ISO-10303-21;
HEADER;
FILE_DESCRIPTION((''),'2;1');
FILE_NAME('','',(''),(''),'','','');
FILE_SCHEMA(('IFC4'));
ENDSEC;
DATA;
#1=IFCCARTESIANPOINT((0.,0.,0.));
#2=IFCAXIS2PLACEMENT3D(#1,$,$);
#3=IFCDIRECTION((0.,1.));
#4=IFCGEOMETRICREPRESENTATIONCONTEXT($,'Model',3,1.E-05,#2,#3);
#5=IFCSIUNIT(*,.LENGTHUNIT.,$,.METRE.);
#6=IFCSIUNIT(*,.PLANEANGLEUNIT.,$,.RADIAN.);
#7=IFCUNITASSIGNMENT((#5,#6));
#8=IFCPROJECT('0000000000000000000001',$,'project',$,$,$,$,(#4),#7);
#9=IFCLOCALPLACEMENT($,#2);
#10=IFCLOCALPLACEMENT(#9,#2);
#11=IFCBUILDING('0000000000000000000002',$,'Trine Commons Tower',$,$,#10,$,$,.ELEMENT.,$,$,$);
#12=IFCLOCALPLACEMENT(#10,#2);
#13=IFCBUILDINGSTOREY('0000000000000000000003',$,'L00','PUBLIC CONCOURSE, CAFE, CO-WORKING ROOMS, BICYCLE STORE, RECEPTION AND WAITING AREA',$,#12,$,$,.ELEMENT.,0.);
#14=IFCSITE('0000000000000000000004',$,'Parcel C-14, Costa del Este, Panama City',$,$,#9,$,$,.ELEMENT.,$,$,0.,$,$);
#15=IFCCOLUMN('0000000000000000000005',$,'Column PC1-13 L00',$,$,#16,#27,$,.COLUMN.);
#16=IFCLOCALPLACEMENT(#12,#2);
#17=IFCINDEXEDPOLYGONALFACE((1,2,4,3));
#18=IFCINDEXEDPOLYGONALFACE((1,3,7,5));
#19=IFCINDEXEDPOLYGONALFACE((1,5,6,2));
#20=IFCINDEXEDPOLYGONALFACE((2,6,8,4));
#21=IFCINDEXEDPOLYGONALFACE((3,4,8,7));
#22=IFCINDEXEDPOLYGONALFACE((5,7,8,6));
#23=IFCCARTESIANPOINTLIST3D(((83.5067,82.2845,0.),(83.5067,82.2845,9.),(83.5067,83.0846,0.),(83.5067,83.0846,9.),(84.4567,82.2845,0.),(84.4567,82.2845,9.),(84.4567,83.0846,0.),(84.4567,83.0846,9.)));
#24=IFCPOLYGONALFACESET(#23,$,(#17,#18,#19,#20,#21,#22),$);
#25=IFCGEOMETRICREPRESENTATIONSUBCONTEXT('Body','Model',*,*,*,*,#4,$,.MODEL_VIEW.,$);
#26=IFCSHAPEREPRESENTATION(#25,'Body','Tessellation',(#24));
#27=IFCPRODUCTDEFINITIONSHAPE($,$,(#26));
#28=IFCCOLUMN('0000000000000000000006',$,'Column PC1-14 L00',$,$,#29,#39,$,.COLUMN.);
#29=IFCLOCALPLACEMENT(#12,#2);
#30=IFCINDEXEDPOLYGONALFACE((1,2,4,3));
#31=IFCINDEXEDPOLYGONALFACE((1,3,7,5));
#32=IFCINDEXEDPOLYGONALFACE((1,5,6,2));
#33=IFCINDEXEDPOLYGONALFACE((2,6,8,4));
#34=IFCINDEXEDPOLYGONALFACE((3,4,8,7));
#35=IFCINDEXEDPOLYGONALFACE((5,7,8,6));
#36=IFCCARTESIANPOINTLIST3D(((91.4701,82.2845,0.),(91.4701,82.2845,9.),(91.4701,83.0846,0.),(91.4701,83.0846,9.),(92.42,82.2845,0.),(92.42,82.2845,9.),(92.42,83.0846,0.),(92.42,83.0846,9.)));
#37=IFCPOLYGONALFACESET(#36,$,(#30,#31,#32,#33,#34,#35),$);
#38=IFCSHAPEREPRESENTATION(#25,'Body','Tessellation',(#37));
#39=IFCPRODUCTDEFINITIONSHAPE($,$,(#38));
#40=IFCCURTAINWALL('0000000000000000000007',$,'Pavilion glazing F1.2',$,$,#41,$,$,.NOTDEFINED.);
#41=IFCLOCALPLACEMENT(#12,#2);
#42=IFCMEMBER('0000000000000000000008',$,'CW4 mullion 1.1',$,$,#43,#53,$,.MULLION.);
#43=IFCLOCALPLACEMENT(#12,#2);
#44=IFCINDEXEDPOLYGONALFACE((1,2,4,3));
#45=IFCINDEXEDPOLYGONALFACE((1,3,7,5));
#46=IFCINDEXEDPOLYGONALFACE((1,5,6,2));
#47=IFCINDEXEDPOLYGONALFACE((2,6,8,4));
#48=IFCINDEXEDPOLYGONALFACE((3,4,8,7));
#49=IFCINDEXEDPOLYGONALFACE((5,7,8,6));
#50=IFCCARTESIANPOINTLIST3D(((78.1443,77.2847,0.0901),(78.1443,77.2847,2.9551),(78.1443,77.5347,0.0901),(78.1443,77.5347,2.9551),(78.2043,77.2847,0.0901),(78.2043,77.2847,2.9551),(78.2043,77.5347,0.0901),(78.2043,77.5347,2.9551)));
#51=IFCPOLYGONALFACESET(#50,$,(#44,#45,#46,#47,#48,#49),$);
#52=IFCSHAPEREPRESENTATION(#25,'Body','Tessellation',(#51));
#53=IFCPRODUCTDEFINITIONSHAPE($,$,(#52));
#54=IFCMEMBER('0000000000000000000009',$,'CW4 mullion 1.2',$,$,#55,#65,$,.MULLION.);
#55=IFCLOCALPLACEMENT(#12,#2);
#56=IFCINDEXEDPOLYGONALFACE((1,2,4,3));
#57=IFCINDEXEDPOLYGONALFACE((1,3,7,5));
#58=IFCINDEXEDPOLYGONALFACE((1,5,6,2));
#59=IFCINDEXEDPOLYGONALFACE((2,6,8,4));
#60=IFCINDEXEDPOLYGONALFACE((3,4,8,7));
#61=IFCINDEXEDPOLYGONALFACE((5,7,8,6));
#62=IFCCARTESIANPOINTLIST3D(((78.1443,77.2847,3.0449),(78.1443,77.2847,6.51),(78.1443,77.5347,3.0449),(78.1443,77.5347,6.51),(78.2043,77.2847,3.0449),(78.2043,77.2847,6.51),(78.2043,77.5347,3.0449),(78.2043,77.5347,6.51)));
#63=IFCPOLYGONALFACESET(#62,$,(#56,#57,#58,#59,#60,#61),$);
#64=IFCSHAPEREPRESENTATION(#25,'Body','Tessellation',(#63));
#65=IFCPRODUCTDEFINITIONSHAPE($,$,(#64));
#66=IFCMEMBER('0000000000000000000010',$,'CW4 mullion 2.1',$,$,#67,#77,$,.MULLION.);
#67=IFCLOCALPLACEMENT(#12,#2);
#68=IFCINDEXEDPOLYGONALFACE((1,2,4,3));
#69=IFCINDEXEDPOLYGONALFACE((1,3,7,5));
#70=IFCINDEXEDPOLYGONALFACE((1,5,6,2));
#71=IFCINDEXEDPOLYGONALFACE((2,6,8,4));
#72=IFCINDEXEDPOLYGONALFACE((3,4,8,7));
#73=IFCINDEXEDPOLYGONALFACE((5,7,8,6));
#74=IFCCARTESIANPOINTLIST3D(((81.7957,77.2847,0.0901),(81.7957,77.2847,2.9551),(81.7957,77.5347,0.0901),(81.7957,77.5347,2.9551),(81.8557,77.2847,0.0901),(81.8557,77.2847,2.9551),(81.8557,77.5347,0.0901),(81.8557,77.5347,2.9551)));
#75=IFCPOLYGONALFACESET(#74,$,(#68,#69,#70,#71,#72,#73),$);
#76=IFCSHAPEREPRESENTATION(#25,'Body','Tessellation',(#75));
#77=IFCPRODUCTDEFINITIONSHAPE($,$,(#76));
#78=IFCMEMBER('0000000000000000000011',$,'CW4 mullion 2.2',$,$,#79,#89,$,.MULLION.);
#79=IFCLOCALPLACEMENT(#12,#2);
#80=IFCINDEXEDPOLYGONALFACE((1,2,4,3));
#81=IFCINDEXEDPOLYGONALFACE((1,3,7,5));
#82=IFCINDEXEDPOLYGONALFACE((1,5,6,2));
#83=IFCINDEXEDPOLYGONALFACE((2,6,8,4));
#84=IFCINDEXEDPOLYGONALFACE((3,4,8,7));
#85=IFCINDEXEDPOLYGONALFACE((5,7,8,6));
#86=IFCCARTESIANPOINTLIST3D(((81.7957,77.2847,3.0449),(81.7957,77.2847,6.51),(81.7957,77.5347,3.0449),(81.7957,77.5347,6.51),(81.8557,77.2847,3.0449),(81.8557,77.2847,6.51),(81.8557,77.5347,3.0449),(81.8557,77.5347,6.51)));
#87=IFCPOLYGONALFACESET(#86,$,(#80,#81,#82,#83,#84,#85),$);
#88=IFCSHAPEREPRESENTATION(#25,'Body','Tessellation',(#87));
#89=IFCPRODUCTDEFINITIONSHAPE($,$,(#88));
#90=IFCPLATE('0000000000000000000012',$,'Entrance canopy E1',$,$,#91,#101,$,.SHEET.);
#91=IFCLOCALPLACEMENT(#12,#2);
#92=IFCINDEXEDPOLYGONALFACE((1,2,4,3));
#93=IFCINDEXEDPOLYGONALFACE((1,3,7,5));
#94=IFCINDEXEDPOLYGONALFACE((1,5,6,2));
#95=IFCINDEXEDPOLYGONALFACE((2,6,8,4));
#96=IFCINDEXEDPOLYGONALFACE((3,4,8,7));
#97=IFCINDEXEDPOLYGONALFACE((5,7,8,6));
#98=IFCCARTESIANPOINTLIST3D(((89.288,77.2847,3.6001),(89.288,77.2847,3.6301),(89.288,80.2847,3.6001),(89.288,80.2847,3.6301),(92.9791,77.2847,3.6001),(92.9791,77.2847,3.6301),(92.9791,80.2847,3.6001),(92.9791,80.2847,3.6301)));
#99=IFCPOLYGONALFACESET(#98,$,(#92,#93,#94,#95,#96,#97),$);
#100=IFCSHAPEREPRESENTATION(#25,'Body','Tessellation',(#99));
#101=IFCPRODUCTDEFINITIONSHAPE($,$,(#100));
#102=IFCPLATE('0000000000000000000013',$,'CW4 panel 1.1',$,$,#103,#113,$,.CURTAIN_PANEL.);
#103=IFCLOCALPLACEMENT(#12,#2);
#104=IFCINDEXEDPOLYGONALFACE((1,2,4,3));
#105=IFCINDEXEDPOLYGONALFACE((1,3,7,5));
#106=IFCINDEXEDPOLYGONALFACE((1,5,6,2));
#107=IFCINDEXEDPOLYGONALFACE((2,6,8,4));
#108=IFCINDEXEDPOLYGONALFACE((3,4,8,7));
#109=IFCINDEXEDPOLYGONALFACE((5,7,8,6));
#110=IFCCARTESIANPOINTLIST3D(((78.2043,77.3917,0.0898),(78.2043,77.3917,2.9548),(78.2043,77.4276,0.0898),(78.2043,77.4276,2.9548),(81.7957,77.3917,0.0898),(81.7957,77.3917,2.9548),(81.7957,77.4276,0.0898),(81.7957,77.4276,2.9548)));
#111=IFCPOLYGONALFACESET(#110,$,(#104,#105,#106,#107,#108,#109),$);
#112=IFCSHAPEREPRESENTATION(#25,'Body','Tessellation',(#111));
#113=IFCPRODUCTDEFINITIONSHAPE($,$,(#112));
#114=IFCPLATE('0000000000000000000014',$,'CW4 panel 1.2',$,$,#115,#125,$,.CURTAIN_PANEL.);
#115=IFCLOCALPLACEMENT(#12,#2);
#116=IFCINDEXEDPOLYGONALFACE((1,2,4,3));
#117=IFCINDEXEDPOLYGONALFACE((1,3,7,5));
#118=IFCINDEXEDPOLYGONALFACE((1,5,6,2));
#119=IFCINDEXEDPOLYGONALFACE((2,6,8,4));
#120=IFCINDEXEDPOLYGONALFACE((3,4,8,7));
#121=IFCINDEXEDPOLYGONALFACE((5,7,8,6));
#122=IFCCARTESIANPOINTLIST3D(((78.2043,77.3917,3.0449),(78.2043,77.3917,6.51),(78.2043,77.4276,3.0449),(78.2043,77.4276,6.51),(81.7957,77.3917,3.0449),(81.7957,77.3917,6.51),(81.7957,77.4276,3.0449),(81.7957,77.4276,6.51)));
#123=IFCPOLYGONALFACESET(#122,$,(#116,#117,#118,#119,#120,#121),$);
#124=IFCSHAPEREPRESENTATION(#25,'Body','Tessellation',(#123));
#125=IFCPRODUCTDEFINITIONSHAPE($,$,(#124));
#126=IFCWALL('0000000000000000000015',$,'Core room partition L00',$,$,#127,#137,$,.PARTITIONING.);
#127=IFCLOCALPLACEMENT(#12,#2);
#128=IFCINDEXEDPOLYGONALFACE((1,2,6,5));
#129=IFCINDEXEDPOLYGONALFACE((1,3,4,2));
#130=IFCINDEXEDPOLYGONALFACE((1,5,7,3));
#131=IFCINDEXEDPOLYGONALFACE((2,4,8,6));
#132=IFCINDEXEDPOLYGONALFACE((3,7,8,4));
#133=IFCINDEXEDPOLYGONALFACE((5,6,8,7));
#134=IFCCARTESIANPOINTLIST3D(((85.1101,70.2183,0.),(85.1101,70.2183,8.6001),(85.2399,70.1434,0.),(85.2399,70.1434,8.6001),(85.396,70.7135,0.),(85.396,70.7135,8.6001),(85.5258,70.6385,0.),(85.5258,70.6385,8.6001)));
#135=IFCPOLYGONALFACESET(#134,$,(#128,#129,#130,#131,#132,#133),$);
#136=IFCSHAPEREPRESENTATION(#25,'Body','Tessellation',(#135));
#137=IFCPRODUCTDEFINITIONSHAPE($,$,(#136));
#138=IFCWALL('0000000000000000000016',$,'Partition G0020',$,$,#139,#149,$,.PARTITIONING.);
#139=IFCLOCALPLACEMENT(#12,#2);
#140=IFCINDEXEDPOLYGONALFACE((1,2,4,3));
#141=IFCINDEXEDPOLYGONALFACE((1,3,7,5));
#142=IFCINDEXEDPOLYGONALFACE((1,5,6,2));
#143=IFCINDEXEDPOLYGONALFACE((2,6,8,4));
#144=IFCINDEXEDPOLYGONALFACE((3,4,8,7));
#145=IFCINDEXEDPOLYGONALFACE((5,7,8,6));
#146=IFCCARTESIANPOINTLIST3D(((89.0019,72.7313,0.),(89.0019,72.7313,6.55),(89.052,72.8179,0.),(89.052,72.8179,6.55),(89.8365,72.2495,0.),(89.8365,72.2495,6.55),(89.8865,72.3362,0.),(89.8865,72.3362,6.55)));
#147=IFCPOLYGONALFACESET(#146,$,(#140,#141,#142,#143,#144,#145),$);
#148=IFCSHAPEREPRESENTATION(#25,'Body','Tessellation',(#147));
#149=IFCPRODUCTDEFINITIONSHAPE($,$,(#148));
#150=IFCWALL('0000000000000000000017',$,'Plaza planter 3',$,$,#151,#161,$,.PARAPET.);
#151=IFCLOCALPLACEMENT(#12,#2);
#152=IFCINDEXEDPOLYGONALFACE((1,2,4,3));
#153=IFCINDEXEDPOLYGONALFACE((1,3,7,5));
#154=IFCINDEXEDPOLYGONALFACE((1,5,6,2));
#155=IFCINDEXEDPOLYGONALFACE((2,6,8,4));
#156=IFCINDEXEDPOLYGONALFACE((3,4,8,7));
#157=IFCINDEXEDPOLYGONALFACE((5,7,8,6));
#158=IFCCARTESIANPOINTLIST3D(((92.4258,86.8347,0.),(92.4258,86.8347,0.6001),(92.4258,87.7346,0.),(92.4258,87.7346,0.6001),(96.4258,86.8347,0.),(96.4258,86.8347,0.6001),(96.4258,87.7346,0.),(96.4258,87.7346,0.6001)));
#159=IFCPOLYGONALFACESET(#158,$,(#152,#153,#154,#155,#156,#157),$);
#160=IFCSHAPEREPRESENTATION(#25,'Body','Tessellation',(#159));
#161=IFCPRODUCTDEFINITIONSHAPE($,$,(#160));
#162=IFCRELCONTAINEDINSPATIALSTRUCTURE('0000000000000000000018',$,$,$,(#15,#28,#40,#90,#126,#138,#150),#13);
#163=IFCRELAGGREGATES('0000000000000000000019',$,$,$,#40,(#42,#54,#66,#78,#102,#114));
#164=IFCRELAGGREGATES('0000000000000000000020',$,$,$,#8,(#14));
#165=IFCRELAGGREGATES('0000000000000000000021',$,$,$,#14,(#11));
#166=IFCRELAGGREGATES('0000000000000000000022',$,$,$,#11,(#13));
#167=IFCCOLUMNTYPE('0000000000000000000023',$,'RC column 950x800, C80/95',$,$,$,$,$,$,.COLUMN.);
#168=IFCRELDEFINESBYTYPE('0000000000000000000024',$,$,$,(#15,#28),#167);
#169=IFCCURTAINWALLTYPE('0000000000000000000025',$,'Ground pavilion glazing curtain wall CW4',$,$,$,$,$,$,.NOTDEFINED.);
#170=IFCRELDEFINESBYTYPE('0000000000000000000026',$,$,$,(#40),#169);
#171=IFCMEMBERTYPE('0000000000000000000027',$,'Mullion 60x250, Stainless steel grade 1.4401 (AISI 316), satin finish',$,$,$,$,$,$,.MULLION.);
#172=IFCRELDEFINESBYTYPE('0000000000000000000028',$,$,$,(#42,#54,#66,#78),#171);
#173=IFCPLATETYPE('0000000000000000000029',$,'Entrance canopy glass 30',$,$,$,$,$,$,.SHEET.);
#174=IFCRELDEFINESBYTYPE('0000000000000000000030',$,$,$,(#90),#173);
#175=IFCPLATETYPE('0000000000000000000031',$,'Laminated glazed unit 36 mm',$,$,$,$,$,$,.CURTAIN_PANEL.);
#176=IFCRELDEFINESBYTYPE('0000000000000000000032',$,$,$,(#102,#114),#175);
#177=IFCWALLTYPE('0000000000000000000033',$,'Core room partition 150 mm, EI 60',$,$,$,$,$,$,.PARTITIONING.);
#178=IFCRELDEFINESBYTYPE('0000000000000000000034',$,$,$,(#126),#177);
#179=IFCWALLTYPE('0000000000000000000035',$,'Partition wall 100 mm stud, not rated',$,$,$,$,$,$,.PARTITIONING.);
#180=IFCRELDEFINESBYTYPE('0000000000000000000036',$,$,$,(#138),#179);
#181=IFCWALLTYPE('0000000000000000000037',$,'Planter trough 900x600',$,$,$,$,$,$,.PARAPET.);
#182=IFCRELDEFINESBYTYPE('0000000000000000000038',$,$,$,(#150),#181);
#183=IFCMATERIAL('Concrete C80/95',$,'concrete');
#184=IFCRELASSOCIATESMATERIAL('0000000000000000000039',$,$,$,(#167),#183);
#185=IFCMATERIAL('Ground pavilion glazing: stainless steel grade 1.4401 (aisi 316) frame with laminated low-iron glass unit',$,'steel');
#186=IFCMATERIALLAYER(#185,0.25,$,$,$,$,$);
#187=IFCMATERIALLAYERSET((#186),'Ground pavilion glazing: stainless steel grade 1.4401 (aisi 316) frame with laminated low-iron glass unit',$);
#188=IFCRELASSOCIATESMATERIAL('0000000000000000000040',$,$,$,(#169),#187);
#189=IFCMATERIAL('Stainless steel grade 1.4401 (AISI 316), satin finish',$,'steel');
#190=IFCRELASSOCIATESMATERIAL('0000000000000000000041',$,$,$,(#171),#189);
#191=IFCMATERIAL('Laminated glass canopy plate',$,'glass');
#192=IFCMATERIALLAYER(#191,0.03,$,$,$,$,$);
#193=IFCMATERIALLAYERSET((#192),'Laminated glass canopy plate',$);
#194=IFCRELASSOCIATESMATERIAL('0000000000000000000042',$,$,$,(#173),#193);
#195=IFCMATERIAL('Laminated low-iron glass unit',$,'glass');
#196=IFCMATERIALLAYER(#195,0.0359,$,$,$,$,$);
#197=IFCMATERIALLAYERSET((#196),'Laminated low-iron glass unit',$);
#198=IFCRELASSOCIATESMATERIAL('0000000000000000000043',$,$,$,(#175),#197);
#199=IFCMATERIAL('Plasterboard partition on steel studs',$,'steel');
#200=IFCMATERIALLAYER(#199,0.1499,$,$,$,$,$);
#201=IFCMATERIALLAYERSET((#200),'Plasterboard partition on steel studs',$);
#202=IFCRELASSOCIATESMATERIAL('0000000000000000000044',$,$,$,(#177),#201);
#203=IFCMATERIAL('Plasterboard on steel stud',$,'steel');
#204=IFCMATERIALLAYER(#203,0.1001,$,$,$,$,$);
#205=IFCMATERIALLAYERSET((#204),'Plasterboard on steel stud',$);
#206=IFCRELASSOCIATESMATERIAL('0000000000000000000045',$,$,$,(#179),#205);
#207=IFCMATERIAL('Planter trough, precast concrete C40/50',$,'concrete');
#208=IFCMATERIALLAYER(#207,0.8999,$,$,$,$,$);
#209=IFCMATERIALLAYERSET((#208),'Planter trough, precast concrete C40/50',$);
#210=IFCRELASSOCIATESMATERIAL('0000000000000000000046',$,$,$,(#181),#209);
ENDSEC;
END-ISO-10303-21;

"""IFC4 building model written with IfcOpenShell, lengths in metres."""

from ifc_helpers import new_model, si_unit, direction, frame, frame_2d, origin, origin_2d, place, context, subcontext, project, spatial, rectangle, extrude, material, layer, layer_set, material_profile, profile_set, type_object, element, aggregate, save


model = new_model("IFC4")

# Units and contexts
model_context = context("Model", 3, precision=1e-05, world=origin(), true_north=direction((0.0, 1.0)))
body_context = subcontext(model_context, "Body", "Model", "MODEL_VIEW")
ifc_project = project(units=[si_unit("LENGTHUNIT", "METRE"), si_unit("PLANEANGLEUNIT", "RADIAN")], contexts=[model_context])

# Site, building, storey
site_placement = place(None, origin())
site = spatial("IfcSite", under=ifc_project, at=site_placement, Name="Parcel C-14, Costa del Este, Panama City", CompositionType="ELEMENT", RefElevation=0.0)
building_placement = place(site_placement, origin())
building = spatial("IfcBuilding", under=site, at=building_placement, Name="Trine Commons Tower", CompositionType="ELEMENT")
storey_placement = place(building_placement, origin())
storey = spatial("IfcBuildingStorey", under=building, at=storey_placement, Name="L00", Description="PUBLIC CONCOURSE, CAFE, CO-WORKING ROOMS, BICYCLE STORE, RECEPTION AND WAITING AREA", CompositionType="ELEMENT", Elevation=0.0)

# Columns
ifc_material_1 = material(Name="Concrete C80/95", Category="concrete")
ifc_material_profile_1 = material_profile(ifc_material_1, rectangle(XDim=0.95, YDim=0.8, at=origin_2d()), Name="RC 950x800")
ifc_profile_set_1 = profile_set([ifc_material_profile_1], Name="Concrete C80/95")
column_type = type_object("IfcColumnType", Name="RC column 950x800, C80/95", PredefinedType="COLUMN", material=ifc_profile_set_1)
for number, where, z_axis, x_axis, name in (
    (1, (83.9817, 82.6846, 0.0), (0.0, 0.0, 1.0), (1.0, 0.0, 0.0), "Column PC1-13 L00"),
    (2, (91.9451, 82.6846, 0.0), (0.0, 0.0, 1.0), (1.0, 0.0, 0.0), "Column PC1-14 L00"),
):
    element("IfcColumn", number, at=place(storey_placement, frame(where, z_axis=z_axis, x_axis=x_axis)), inside=storey, type_object=column_type, Name=name, PredefinedType="COLUMN", context=body_context, shape_type="SweptSolid", body=[
        extrude(rectangle(XDim=0.95, YDim=0.8, at=origin_2d()), origin(), (0.0, 0.0, 1.0), 9.0),
    ])

# Curtain wall, members
ifc_material_2 = material(Name="Ground pavilion glazing: stainless steel grade 1.4401 (aisi 316) frame with laminated low-iron glass unit", Category="steel")
ifc_layer_1 = layer(ifc_material_2, 0.25)
ifc_layer_set_1 = layer_set([ifc_layer_1], Name="Ground pavilion glazing: stainless steel grade 1.4401 (aisi 316) frame with laminated low-iron glass unit")
curtain_wall_type = type_object("IfcCurtainWallType", Name="Ground pavilion glazing curtain wall CW4", PredefinedType="NOTDEFINED", material=ifc_layer_set_1)
curtain_wall_placement = place(storey_placement, origin())
curtain_wall = element("IfcCurtainWall", 3, at=curtain_wall_placement, inside=storey, type_object=curtain_wall_type, Name="Pavilion glazing F1.2", PredefinedType="NOTDEFINED")
ifc_material_3 = material(Name="Stainless steel grade 1.4401 (AISI 316), satin finish", Category="steel")
ifc_material_profile_2 = material_profile(ifc_material_3, rectangle(XDim=0.25, YDim=0.0601, at=origin_2d()), Name="Mullion 60x250")
ifc_profile_set_2 = profile_set([ifc_material_profile_2], Name="Stainless steel grade 1.4401 (AISI 316), satin finish")
member_type = type_object("IfcMemberType", Name="Mullion 60x250, Stainless steel grade 1.4401 (AISI 316), satin finish", PredefinedType="MULLION", material=ifc_profile_set_2)
member_1_placement = place(storey_placement, frame((78.1743, 77.4097, 0.0901), z_axis=(0.0, 0.0, 1.0), x_axis=(0.0, 1.0, 0.0)))
member_1 = element("IfcMember", 4, at=member_1_placement, type_object=member_type, Name="CW4 mullion 1.1", PredefinedType="MULLION", context=body_context, shape_type="SweptSolid", body=[
    extrude(rectangle(XDim=0.25, YDim=0.0601, at=origin_2d()), origin(), (0.0, 0.0, 1.0), 2.865),
])
member_2_placement = place(storey_placement, frame((78.1743, 77.4097, 3.0449), z_axis=(0.0, 0.0, 1.0), x_axis=(0.0, 1.0, 0.0)))
member_2 = element("IfcMember", 5, at=member_2_placement, type_object=member_type, Name="CW4 mullion 1.2", PredefinedType="MULLION", context=body_context, shape_type="SweptSolid", body=[
    extrude(rectangle(XDim=0.25, YDim=0.0601, at=origin_2d()), origin(), (0.0, 0.0, 1.0), 3.4651),
])
member_3_placement = place(storey_placement, frame((81.8257, 77.4097, 0.0901), z_axis=(0.0, 0.0, 1.0), x_axis=(0.0, 1.0, 0.0)))
member_3 = element("IfcMember", 6, at=member_3_placement, type_object=member_type, Name="CW4 mullion 2.1", PredefinedType="MULLION", context=body_context, shape_type="SweptSolid", body=[
    extrude(rectangle(XDim=0.25, YDim=0.0601, at=origin_2d()), origin(), (0.0, 0.0, 1.0), 2.865),
])
member_4_placement = place(storey_placement, frame((81.8257, 77.4097, 3.0449), z_axis=(0.0, 0.0, 1.0), x_axis=(0.0, 1.0, 0.0)))
member_4 = element("IfcMember", 7, at=member_4_placement, type_object=member_type, Name="CW4 mullion 2.2", PredefinedType="MULLION", context=body_context, shape_type="SweptSolid", body=[
    extrude(rectangle(XDim=0.25, YDim=0.0601, at=origin_2d()), origin(), (0.0, 0.0, 1.0), 3.4651),
])

# Plates
ifc_material_4 = material(Name="Laminated glass canopy plate", Category="glass")
ifc_layer_2 = layer(ifc_material_4, 0.03)
ifc_layer_set_2 = layer_set([ifc_layer_2], Name="Laminated glass canopy plate")
plate_type_1 = type_object("IfcPlateType", Name="Entrance canopy glass 30", PredefinedType="SHEET", material=ifc_layer_set_2)
plate_1_placement = place(storey_placement, frame((91.1335, 78.7847, 3.6001), z_axis=(0.0, 0.0, 1.0), x_axis=(1.0, 0.0, 0.0)))
element("IfcPlate", 8, at=plate_1_placement, inside=storey, type_object=plate_type_1, Name="Entrance canopy E1", PredefinedType="SHEET", context=body_context, shape_type="SweptSolid", body=[
    extrude(rectangle(XDim=3.6912, YDim=3.0, at=origin_2d()), origin(), (0.0, 0.0, 1.0), 0.03),
])
ifc_material_5 = material(Name="Laminated low-iron glass unit", Category="glass")
ifc_layer_3 = layer(ifc_material_5, 0.0359)
ifc_layer_set_3 = layer_set([ifc_layer_3], Name="Laminated low-iron glass unit")
plate_type_2 = type_object("IfcPlateType", Name="Laminated glazed unit 36 mm", PredefinedType="CURTAIN_PANEL", material=ifc_layer_set_3)
plate_2_placement = place(storey_placement, frame((80.0, 77.4097, 0.0898), z_axis=(0.0, 0.0, 1.0), x_axis=(1.0, 0.0, 0.0)))
plate_2 = element("IfcPlate", 9, at=plate_2_placement, type_object=plate_type_2, Name="CW4 panel 1.1", PredefinedType="CURTAIN_PANEL", context=body_context, shape_type="SweptSolid", body=[
    extrude(rectangle(XDim=3.5913, YDim=0.0359, at=origin_2d()), origin(), (0.0, 0.0, 1.0), 2.865),
])
plate_3_placement = place(storey_placement, frame((80.0, 77.4097, 3.0449), z_axis=(0.0, 0.0, 1.0), x_axis=(1.0, 0.0, 0.0)))
plate_3 = element("IfcPlate", 10, at=plate_3_placement, type_object=plate_type_2, Name="CW4 panel 1.2", PredefinedType="CURTAIN_PANEL", context=body_context, shape_type="SweptSolid", body=[
    extrude(rectangle(XDim=3.5913, YDim=0.0359, at=origin_2d()), origin(), (0.0, 0.0, 1.0), 3.4651),
])
aggregate(curtain_wall, [member_1, member_2, member_3, member_4, plate_2, plate_3])

# Wall
ifc_material_6 = material(Name="Plasterboard partition on steel studs", Category="steel")
ifc_layer_4 = layer(ifc_material_6, 0.1499)
ifc_layer_set_4 = layer_set([ifc_layer_4], Name="Plasterboard partition on steel studs")
wall_type_1 = type_object("IfcWallType", Name="Core room partition 150 mm, EI 60", PredefinedType="PARTITIONING", material=ifc_layer_set_4)
wall_1_placement = place(storey_placement, frame((85.4609, 70.676, 0.0), z_axis=(0.0, 0.0, 1.0), x_axis=(-0.500043, -0.866001, 0.0)))
element("IfcWall", 11, at=wall_1_placement, inside=storey, type_object=wall_type_1, Name="Core room partition L00", PredefinedType="PARTITIONING", context=body_context, shape_type="SweptSolid", body=[
    extrude(rectangle(XDim=0.5718, YDim=0.1499, at=frame_2d((0.2859, 0.0))), origin(), (0.0, 0.0, 1.0), 8.6001),
])

# Walls
ifc_material_7 = material(Name="Plasterboard on steel stud", Category="steel")
ifc_layer_5 = layer(ifc_material_7, 0.1001)
ifc_layer_set_5 = layer_set([ifc_layer_5], Name="Plasterboard on steel stud")
wall_type_2 = type_object("IfcWallType", Name="Partition wall 100 mm stud, not rated", PredefinedType="PARTITIONING", material=ifc_layer_set_5)
wall_2_placement = place(storey_placement, frame((89.0269, 72.7747, 0.0), z_axis=(0.0, 0.0, 1.0), x_axis=(0.866067, -0.499927, 0.0)))
element("IfcWall", 12, at=wall_2_placement, inside=storey, type_object=wall_type_2, Name="Partition G0020", PredefinedType="PARTITIONING", context=body_context, shape_type="SweptSolid", body=[
    extrude(rectangle(XDim=0.9636, YDim=0.1001, at=frame_2d((0.4819, 0.0))), origin(), (0.0, 0.0, 1.0), 6.55),
])
ifc_material_8 = material(Name="Planter trough, precast concrete C40/50", Category="concrete")
ifc_layer_6 = layer(ifc_material_8, 0.8999)
ifc_layer_set_6 = layer_set([ifc_layer_6], Name="Planter trough, precast concrete C40/50")
wall_type_3 = type_object("IfcWallType", Name="Planter trough 900x600", PredefinedType="PARAPET", material=ifc_layer_set_6)
wall_3_placement = place(storey_placement, frame((92.4258, 87.2847, 0.0), z_axis=(0.0, 0.0, 1.0), x_axis=(1.0, 0.0, 0.0)))
element("IfcWall", 13, at=wall_3_placement, inside=storey, type_object=wall_type_3, Name="Plaza planter 3", PredefinedType="PARAPET", context=body_context, shape_type="SweptSolid", body=[
    extrude(rectangle(XDim=4.0, YDim=0.8999, at=frame_2d((2.0, 0.0))), origin(), (0.0, 0.0, 1.0), 0.6001),
])

save(model, "model.ifc")
